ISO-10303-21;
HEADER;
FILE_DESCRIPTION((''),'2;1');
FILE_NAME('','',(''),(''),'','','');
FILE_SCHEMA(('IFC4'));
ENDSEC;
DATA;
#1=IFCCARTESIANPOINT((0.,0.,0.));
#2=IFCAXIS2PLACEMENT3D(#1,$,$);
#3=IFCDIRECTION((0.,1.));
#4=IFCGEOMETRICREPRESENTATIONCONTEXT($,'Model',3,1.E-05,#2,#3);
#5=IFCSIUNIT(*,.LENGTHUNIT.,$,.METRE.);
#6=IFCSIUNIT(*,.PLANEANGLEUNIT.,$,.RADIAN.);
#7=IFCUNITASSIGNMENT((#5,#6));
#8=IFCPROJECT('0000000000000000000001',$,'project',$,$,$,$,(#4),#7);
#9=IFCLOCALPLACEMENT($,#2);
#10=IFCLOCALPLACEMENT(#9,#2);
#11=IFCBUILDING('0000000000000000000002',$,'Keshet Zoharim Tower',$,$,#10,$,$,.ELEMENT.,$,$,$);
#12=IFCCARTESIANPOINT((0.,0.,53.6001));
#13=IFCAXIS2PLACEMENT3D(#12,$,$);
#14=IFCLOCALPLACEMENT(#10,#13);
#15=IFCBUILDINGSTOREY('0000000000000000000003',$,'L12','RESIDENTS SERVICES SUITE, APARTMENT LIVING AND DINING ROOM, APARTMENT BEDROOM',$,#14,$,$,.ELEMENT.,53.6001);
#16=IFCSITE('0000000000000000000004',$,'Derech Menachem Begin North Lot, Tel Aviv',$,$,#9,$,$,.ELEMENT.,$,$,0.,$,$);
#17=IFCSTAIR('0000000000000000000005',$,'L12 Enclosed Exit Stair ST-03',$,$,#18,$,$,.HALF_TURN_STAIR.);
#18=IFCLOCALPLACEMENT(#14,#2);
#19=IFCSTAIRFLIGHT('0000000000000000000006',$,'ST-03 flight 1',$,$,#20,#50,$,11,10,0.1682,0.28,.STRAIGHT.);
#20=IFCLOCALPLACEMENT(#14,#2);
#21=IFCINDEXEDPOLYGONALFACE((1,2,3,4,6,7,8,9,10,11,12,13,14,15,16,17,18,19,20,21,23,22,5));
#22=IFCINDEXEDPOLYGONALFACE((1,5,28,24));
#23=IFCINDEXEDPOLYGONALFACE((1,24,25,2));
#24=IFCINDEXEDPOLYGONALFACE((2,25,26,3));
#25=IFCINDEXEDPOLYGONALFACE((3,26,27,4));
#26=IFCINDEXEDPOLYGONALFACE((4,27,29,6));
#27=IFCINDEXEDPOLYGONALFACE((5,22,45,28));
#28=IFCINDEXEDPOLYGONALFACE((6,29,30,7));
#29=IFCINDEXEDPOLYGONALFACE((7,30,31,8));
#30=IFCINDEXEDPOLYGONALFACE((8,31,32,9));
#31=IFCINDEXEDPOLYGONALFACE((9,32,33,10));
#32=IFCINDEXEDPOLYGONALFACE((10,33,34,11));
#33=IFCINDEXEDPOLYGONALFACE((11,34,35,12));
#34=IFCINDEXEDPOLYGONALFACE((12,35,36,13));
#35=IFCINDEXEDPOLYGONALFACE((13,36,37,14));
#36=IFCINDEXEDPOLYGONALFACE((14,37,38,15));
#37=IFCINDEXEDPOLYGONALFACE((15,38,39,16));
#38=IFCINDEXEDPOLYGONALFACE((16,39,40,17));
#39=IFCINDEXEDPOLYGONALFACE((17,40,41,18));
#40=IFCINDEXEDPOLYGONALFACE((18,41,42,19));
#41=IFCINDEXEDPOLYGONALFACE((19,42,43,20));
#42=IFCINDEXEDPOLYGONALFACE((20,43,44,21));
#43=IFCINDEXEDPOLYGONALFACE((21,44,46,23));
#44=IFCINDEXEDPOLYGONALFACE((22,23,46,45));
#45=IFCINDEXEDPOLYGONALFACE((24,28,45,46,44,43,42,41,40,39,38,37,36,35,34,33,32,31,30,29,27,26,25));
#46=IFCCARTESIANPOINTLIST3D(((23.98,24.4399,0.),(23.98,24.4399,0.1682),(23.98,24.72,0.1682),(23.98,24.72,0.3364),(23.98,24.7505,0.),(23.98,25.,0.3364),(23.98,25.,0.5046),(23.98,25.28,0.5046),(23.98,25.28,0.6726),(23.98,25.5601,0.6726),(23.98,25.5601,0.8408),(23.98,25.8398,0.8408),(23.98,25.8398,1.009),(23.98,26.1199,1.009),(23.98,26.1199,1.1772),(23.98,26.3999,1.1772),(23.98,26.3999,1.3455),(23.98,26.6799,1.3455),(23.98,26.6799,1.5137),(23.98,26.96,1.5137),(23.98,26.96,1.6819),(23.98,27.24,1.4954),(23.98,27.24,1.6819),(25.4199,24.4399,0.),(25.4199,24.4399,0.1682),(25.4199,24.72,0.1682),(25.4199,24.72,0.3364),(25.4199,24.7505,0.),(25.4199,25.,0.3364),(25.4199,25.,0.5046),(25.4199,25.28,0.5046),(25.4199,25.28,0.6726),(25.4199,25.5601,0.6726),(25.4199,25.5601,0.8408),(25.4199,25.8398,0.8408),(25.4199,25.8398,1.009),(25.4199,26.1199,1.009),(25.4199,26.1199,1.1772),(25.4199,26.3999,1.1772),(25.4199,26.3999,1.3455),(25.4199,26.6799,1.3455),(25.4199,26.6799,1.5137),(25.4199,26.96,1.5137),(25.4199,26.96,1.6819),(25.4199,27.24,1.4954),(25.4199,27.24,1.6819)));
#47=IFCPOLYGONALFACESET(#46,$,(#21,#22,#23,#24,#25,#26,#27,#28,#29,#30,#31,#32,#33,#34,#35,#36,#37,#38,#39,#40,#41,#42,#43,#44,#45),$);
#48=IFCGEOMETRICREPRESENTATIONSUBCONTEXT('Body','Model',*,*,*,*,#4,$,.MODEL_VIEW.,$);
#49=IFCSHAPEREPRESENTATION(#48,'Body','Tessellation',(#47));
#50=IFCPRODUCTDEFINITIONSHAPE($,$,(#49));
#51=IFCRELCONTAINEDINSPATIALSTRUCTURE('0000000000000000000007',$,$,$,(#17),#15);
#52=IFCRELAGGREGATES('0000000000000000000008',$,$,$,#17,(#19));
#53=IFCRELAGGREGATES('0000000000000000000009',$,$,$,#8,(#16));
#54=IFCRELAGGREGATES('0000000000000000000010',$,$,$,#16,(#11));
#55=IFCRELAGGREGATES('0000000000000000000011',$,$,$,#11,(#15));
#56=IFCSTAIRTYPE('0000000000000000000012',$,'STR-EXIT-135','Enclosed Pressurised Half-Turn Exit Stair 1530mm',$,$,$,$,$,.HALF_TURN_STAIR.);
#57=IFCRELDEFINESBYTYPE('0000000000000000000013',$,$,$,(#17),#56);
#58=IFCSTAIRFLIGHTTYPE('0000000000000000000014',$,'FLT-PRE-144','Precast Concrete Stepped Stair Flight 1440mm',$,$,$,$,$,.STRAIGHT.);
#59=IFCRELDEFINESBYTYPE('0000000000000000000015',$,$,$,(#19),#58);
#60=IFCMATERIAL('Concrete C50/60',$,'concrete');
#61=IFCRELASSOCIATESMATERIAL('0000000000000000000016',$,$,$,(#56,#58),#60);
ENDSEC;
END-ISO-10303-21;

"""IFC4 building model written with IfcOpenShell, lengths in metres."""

from ifc_helpers import new_model, si_unit, direction, frame, origin, place, context, subcontext, project, spatial, polyline, outline, extrude, material, type_object, element, aggregate, save


model = new_model("IFC4")

# Units and contexts
model_context = context("Model", 3, precision=1e-05, world=origin(), true_north=direction((0.0, 1.0)))
body_context = subcontext(model_context, "Body", "Model", "MODEL_VIEW")
ifc_project = project(units=[si_unit("LENGTHUNIT", "METRE"), si_unit("PLANEANGLEUNIT", "RADIAN")], contexts=[model_context])

# Site, building, storey
site_placement = place(None, origin())
site = spatial("IfcSite", under=ifc_project, at=site_placement, Name="Derech Menachem Begin North Lot, Tel Aviv", CompositionType="ELEMENT", RefElevation=0.0)
building_placement = place(site_placement, origin())
building = spatial("IfcBuilding", under=site, at=building_placement, Name="Keshet Zoharim Tower", CompositionType="ELEMENT")
storey_placement = place(building_placement, frame((0.0, 0.0, 53.6001)))
storey = spatial("IfcBuildingStorey", under=building, at=storey_placement, Name="L12", Description="RESIDENTS SERVICES SUITE, APARTMENT LIVING AND DINING ROOM, APARTMENT BEDROOM", CompositionType="ELEMENT", Elevation=53.6001)

# Shared definitions
ifc_material_1 = material(Name="Concrete C50/60", Category="concrete")

# Stair, stair flight
stair_type = type_object("IfcStairType", Name="STR-EXIT-135", Description="Enclosed Pressurised Half-Turn Exit Stair 1530mm", PredefinedType="HALF_TURN_STAIR", material=ifc_material_1)
stair_placement = place(storey_placement, origin())
stair = element("IfcStair", 1, at=stair_placement, inside=storey, type_object=stair_type, Name="L12 Enclosed Exit Stair ST-03", PredefinedType="HALF_TURN_STAIR")
stair_flight_type = type_object("IfcStairFlightType", Name="FLT-PRE-144", Description="Precast Concrete Stepped Stair Flight 1440mm", PredefinedType="STRAIGHT", material=ifc_material_1)
stair_flight_placement = place(storey_placement, frame((24.7, 24.4399, 0.0), z_axis=(0.0, 0.0, 1.0), x_axis=(0.0, 1.0, 0.0)))
stair_flight = element("IfcStairFlight", 2, at=stair_flight_placement, type_object=stair_flight_type, Name="ST-03 flight 1", NumberOfRisers=11, NumberOfTreads=10, PredefinedType="STRAIGHT", RiserHeight=0.1682, TreadLength=0.28, context=body_context, shape_type="SweptSolid", body=[
    extrude(outline(polyline([(0.0, 0.0), (0.0, 0.1682), (0.28, 0.1682), (0.28, 0.3364), (0.5601, 0.3364), (0.5601, 0.5046), (0.8401, 0.5046), (0.8401, 0.6726), (1.1201, 0.6726), (1.1201, 0.8408), (1.3999, 0.8408), (1.3999, 1.009), (1.6799, 1.009), (1.6799, 1.1772), (1.96, 1.1772), (1.96, 1.3455), (2.24, 1.3455), (2.24, 1.5137), (2.52, 1.5137), (2.52, 1.6819), (2.8, 1.6819), (2.8, 1.8501), (2.8, 1.4954), (0.3105, 0.0), (0.0, 0.0)])), frame((0.0, 0.72, 0.0), z_axis=(0.0, -1.0, 0.0), x_axis=(1.0, 0.0, 0.0)), (0.0, 0.0, 1.0), 1.4399),
])
aggregate(stair, [stair_flight])

save(model, "model.ifc")
